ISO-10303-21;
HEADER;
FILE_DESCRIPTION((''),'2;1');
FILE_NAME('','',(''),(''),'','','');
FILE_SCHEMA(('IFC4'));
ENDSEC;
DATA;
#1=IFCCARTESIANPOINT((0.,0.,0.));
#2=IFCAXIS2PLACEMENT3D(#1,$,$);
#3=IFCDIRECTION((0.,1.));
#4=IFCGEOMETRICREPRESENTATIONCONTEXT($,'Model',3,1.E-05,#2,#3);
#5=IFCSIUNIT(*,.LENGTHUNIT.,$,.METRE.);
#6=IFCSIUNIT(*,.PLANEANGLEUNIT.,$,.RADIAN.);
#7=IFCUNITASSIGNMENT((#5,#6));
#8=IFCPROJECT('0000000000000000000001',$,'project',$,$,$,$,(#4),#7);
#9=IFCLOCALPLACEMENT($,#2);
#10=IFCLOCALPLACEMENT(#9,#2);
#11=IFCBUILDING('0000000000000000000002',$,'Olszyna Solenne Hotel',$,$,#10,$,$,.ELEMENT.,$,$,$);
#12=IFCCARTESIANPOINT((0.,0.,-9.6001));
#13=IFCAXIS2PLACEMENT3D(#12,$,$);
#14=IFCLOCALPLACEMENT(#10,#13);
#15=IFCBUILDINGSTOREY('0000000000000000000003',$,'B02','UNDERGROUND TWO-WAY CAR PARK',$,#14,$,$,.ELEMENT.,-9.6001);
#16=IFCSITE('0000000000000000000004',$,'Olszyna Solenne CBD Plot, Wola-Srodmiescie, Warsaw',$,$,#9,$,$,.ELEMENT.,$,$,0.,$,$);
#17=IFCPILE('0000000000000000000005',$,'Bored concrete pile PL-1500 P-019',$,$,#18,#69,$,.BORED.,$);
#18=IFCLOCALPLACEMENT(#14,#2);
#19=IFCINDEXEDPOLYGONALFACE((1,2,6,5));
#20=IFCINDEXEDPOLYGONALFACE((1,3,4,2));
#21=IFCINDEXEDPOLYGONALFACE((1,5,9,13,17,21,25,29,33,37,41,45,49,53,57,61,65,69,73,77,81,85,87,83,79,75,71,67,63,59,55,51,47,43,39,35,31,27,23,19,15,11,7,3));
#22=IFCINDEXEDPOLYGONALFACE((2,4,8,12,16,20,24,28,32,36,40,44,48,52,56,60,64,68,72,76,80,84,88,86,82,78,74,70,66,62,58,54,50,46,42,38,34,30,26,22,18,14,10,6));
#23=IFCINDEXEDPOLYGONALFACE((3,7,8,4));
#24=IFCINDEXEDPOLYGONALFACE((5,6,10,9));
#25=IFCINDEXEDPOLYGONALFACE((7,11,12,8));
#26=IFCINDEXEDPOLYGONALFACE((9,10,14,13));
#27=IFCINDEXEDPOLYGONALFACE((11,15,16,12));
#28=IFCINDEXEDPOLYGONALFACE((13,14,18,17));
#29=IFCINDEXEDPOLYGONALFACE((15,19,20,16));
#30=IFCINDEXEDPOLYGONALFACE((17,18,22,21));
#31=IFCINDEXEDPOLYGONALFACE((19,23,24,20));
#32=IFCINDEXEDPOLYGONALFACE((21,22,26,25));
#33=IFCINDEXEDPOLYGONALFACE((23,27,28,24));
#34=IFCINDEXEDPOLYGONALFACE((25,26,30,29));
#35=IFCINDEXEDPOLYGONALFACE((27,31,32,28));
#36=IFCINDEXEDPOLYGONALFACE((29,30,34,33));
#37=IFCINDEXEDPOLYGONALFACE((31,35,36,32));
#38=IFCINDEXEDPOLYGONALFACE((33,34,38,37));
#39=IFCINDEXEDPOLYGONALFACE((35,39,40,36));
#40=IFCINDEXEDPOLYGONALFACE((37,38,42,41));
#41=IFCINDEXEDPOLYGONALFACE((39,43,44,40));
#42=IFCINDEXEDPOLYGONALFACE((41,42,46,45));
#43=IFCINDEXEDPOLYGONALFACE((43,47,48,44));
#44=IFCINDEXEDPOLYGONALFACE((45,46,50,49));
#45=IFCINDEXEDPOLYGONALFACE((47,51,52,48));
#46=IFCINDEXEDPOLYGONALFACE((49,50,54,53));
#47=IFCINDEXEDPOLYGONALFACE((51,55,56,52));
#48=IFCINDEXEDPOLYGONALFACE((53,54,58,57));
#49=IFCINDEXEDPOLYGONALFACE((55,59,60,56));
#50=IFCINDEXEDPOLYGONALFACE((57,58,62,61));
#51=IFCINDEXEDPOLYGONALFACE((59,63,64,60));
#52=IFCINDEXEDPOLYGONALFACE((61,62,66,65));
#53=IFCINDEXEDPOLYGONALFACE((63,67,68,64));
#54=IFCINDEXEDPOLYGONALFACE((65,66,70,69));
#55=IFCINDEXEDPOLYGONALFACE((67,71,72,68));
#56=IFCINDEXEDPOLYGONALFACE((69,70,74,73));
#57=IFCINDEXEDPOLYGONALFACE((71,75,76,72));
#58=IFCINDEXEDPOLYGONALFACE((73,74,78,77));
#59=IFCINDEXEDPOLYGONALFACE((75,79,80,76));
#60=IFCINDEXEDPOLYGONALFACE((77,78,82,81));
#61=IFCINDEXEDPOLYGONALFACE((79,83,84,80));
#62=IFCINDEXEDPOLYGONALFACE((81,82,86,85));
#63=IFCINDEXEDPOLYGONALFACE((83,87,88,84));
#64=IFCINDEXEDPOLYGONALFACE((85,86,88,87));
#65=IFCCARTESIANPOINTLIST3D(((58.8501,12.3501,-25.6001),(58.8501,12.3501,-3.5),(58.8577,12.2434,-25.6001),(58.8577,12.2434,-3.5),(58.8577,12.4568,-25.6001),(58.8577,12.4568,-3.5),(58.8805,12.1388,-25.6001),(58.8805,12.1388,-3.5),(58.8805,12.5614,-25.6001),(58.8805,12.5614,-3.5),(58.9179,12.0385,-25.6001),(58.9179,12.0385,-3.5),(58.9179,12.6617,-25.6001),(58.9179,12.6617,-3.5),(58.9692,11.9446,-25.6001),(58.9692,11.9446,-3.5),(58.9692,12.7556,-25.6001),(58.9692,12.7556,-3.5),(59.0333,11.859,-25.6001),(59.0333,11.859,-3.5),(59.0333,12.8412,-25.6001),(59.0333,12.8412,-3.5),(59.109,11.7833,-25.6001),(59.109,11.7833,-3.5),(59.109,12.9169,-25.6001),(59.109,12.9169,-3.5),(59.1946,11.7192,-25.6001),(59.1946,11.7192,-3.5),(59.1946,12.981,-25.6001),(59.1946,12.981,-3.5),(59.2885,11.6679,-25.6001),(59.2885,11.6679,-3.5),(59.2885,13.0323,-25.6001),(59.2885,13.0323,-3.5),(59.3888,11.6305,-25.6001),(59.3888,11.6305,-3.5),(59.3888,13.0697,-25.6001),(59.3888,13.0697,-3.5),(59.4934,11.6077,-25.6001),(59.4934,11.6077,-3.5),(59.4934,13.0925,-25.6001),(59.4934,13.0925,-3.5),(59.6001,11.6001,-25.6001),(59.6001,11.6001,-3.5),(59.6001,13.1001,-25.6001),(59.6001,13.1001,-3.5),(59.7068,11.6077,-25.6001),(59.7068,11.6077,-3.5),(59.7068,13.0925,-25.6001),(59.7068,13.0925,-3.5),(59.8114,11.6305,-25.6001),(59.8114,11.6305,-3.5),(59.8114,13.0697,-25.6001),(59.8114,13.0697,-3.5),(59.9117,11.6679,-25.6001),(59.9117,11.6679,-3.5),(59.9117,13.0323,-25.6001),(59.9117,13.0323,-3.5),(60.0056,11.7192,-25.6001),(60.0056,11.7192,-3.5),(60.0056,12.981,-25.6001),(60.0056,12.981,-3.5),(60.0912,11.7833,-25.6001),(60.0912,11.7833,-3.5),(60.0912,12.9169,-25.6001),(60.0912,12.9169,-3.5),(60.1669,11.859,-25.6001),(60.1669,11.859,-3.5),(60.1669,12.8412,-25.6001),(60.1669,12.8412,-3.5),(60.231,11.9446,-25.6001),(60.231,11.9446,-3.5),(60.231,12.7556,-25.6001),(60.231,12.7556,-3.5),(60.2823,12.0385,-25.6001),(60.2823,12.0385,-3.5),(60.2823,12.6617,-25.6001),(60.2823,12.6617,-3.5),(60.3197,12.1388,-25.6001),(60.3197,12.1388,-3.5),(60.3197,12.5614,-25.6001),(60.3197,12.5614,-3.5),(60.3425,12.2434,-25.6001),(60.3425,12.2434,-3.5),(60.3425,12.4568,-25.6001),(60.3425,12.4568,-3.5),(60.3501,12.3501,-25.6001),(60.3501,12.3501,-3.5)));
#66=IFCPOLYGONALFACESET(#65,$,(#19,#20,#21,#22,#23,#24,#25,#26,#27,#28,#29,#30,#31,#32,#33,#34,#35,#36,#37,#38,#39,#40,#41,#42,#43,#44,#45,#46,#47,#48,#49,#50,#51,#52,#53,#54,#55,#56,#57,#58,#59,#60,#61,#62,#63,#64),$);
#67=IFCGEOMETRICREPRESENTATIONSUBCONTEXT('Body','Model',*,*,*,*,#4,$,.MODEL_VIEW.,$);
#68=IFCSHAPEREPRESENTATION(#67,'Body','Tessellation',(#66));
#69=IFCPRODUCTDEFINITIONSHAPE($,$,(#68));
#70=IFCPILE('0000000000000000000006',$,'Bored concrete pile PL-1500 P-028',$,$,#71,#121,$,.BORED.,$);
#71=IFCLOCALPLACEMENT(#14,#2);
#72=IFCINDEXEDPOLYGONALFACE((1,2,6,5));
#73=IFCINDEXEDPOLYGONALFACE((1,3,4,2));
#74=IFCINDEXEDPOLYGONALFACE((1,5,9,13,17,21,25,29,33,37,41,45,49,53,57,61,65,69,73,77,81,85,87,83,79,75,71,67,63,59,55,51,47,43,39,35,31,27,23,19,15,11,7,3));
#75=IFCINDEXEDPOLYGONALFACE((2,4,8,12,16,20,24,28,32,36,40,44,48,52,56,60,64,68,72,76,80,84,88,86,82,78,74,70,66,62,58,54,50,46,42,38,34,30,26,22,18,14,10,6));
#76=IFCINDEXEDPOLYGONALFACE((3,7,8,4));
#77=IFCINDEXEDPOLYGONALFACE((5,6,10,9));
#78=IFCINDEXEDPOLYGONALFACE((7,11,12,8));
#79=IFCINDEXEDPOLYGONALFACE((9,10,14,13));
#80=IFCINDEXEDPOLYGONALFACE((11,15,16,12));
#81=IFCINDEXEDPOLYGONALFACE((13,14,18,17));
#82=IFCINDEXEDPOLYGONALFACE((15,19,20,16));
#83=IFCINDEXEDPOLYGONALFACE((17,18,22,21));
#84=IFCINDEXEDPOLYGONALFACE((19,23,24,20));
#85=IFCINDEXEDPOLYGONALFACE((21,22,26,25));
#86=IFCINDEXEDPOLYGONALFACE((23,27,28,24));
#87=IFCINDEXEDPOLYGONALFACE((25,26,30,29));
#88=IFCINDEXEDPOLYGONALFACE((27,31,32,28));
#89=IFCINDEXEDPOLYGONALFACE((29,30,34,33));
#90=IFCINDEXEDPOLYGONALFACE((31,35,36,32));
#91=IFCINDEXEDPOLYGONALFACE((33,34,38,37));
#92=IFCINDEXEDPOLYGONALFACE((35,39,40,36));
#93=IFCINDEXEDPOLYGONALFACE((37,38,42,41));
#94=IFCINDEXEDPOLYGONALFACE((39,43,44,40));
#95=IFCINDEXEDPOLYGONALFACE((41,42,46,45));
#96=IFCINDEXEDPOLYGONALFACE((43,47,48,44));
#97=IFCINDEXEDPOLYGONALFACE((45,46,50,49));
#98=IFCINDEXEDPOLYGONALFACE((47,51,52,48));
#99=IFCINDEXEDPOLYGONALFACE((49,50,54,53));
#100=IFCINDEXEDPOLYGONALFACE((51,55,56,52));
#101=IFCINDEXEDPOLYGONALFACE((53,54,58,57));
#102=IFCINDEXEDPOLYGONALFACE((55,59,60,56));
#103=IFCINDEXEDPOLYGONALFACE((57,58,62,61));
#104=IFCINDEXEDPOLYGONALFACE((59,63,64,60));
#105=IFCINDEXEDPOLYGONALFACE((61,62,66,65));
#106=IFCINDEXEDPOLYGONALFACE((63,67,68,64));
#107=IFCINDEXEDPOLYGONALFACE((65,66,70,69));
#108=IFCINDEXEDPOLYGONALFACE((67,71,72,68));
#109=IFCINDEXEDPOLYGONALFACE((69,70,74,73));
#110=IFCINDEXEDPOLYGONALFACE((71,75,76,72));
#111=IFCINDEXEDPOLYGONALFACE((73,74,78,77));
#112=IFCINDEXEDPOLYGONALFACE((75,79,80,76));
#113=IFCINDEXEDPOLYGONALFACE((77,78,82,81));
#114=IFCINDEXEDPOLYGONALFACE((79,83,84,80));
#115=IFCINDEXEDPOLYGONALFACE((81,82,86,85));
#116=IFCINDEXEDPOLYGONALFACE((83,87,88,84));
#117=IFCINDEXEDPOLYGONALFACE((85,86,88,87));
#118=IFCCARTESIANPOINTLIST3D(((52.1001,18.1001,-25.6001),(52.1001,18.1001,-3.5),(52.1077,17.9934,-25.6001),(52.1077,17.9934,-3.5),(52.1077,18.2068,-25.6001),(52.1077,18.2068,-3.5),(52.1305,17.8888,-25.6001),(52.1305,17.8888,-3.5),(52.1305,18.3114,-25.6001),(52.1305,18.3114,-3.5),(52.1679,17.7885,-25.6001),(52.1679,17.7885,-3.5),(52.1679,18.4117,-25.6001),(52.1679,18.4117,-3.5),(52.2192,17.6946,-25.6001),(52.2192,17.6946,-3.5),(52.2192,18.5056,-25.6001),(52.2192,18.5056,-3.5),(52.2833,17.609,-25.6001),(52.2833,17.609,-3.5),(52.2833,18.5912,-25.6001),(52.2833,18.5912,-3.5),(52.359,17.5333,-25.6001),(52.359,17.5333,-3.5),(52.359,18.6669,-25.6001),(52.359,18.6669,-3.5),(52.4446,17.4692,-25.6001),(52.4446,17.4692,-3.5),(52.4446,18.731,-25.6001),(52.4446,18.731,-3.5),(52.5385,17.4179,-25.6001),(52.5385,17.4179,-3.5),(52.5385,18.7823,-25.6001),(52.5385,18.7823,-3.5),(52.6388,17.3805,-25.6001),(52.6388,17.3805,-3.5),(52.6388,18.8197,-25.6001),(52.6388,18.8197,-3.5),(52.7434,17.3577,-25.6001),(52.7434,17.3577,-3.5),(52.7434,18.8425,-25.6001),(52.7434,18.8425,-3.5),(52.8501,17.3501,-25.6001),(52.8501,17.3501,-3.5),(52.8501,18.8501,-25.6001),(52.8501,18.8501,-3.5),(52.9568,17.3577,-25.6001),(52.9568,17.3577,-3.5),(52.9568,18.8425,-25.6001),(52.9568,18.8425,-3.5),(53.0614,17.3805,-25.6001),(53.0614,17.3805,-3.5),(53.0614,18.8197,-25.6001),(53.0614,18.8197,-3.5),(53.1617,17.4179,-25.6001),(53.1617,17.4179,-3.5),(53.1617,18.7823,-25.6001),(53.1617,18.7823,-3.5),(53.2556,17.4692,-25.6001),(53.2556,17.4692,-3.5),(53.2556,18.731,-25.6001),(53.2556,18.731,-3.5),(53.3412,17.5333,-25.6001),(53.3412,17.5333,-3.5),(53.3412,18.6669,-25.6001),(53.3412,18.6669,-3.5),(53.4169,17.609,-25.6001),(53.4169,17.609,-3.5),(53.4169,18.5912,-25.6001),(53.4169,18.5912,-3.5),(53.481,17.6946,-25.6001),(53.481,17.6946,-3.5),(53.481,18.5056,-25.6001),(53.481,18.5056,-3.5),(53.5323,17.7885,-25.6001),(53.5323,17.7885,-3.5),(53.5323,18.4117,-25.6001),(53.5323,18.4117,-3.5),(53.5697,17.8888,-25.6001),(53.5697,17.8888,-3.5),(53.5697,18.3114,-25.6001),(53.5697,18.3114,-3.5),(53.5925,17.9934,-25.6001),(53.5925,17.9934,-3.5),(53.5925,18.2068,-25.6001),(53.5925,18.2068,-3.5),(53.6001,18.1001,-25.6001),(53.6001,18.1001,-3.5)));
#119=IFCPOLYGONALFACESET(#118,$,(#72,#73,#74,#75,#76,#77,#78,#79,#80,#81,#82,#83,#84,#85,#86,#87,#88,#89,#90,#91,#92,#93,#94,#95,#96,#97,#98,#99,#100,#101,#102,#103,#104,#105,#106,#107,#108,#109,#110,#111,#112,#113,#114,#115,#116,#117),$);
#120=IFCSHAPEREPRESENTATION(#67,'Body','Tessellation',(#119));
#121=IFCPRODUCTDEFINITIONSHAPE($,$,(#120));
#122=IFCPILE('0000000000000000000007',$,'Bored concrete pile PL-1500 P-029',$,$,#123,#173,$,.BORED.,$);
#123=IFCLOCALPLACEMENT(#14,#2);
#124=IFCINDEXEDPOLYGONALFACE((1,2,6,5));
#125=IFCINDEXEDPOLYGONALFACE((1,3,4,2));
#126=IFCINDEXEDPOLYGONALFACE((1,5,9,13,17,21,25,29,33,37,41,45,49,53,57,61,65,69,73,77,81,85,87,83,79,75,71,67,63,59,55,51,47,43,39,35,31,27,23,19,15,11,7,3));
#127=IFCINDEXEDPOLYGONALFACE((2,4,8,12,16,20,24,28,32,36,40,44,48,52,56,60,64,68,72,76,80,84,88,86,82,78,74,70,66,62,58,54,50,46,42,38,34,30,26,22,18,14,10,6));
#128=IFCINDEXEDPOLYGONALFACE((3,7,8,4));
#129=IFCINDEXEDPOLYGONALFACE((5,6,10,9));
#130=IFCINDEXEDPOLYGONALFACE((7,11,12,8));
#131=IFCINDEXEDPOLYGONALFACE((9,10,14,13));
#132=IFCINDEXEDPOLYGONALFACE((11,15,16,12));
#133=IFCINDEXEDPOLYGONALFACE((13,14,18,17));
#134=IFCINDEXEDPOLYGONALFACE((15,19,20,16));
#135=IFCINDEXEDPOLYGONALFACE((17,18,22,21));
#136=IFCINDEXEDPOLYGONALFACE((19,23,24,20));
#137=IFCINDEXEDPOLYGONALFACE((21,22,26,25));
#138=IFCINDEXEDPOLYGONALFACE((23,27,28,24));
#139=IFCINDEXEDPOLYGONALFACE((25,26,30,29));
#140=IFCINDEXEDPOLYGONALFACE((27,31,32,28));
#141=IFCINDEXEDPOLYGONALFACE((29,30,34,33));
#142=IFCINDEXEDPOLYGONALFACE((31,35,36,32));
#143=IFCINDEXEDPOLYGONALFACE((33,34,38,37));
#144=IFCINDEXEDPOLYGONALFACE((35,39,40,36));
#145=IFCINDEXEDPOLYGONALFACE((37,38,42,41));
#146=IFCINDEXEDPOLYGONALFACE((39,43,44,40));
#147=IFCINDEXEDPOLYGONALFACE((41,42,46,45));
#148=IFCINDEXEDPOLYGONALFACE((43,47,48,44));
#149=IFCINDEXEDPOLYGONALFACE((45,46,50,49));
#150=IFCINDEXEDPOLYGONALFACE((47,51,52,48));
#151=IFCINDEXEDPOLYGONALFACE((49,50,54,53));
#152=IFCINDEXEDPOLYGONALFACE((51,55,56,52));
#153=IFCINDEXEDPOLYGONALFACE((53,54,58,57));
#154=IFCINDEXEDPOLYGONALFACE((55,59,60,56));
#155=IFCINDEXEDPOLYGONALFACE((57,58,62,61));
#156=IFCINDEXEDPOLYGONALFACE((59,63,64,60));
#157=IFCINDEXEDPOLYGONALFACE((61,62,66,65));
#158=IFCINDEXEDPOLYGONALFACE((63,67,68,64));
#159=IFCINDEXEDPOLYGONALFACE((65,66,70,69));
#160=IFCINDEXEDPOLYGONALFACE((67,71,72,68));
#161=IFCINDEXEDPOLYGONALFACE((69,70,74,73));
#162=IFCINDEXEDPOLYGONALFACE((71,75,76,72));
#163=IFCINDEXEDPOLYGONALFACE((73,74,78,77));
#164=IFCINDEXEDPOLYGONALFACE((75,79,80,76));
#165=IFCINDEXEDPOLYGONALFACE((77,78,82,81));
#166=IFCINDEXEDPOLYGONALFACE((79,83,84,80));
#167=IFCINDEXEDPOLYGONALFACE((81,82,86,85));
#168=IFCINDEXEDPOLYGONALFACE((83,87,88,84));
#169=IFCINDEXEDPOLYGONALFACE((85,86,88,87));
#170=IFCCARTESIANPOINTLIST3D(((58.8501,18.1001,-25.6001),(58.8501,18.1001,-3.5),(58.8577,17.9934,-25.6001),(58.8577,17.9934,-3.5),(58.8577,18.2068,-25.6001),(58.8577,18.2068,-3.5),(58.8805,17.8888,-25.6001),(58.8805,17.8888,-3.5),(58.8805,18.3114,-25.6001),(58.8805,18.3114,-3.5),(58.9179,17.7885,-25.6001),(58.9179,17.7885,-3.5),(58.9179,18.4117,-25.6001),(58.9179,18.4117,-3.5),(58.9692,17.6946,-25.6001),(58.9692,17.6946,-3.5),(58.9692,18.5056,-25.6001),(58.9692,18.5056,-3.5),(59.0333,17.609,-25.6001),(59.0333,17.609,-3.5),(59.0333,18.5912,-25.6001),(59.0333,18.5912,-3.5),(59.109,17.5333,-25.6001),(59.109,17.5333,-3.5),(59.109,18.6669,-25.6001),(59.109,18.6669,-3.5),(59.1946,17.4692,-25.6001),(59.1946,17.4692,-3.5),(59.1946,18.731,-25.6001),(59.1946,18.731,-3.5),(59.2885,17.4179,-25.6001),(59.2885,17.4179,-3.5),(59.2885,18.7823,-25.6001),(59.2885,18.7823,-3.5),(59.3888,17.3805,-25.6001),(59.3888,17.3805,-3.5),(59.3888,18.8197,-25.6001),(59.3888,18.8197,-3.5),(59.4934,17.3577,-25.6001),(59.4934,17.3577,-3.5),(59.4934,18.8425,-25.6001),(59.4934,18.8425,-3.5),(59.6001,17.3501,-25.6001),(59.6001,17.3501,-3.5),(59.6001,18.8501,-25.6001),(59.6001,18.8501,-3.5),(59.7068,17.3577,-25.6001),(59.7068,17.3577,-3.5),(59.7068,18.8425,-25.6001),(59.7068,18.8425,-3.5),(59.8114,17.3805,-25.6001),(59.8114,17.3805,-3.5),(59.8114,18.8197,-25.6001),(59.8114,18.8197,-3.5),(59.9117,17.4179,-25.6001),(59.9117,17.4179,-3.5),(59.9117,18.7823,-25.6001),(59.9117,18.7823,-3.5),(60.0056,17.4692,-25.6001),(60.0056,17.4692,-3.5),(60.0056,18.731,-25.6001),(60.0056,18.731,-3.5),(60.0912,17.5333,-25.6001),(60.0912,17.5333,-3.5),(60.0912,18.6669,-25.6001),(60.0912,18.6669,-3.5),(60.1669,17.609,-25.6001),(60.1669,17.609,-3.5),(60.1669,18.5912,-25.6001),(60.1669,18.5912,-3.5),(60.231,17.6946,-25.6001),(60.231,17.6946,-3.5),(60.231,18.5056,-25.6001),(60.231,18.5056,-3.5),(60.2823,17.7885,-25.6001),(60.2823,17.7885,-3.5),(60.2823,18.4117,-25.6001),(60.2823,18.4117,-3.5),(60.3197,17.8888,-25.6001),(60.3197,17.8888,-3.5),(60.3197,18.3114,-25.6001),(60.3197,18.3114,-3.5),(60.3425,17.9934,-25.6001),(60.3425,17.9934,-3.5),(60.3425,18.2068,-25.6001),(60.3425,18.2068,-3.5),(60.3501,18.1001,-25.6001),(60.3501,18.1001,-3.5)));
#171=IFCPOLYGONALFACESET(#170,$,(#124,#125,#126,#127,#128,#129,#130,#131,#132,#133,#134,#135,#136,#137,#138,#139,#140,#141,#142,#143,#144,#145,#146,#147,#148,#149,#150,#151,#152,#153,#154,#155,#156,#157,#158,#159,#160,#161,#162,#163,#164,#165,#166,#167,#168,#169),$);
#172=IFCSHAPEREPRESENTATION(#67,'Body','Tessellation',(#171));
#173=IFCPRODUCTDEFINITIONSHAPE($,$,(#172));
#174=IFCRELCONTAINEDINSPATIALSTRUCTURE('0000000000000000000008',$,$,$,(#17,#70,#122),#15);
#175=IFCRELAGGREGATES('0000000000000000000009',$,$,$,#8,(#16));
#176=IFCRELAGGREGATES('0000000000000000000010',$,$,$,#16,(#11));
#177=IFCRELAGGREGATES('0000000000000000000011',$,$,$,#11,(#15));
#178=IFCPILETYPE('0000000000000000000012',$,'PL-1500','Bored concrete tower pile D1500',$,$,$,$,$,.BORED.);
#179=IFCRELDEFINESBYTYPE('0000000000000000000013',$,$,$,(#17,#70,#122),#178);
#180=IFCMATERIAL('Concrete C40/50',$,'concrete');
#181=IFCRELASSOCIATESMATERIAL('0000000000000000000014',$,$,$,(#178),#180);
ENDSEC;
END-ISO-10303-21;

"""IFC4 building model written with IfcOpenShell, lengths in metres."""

from ifc_helpers import new_model, si_unit, direction, frame, origin, origin_2d, place, context, subcontext, project, spatial, circle, extrude, source, transform, mapped, material, material_profile, profile_set, type_object, element, save


model = new_model("IFC4")

# Units and contexts
model_context = context("Model", 3, precision=1e-05, world=origin(), true_north=direction((0.0, 1.0)))
body_context = subcontext(model_context, "Body", "Model", "MODEL_VIEW")
ifc_project = project(units=[si_unit("LENGTHUNIT", "METRE"), si_unit("PLANEANGLEUNIT", "RADIAN")], contexts=[model_context])

# Site, building, storey
site_placement = place(None, origin())
site = spatial("IfcSite", under=ifc_project, at=site_placement, Name="Olszyna Solenne CBD Plot, Wola-Srodmiescie, Warsaw", CompositionType="ELEMENT", RefElevation=0.0)
building_placement = place(site_placement, origin())
building = spatial("IfcBuilding", under=site, at=building_placement, Name="Olszyna Solenne Hotel", CompositionType="ELEMENT")
storey_placement = place(building_placement, frame((0.0, 0.0, -9.6001)))
storey = spatial("IfcBuildingStorey", under=building, at=storey_placement, Name="B02", Description="UNDERGROUND TWO-WAY CAR PARK", CompositionType="ELEMENT", Elevation=-9.6001)

# Piles
ifc_material_1 = material(Name="Concrete C40/50", Category="concrete")
ifc_material_profile_1 = material_profile(ifc_material_1, circle(Radius=0.75, at=origin_2d()), Name="BORED PILE 1500", Category="load-bearing")
ifc_profile_set_1 = profile_set([ifc_material_profile_1], Name="Concrete C40/50")
pile_type_1 = type_object("IfcPileType", Name="PL-1500", Description="Bored concrete tower pile D1500", PredefinedType="BORED", material=ifc_profile_set_1)
shared_shape_1 = source(origin(), body_context, "Body", "SweptSolid", [
    extrude(circle(Radius=0.75, at=origin_2d()), origin(), (0.0, 0.0, 1.0), 22.1001),
])
for number, where, z_axis, x_axis, name in (
    (1, (59.6001, 12.3501, -3.5), (0.0, 0.0, -1.0), (1.0, 0.0, 0.0), "Bored concrete pile PL-1500 P-019"),
    (2, (52.8501, 18.1001, -3.5), (0.0, 0.0, -1.0), (1.0, 0.0, 0.0), "Bored concrete pile PL-1500 P-028"),
    (3, (59.6001, 18.1001, -3.5), (0.0, 0.0, -1.0), (1.0, 0.0, 0.0), "Bored concrete pile PL-1500 P-029"),
):
    element("IfcPile", number, at=place(storey_placement, frame(where, z_axis=z_axis, x_axis=x_axis)), inside=storey, type_object=pile_type_1, Name=name, PredefinedType="BORED", context=body_context, shape_type="MappedRepresentation", body=[
        mapped(shared_shape_1, transform((0.0, 0.0, 0.0), x_axis=(1.0, 0.0, 0.0), y_axis=(0.0, 1.0, 0.0), z_axis=(0.0, 0.0, 1.0), scale=1.0)),
    ])

save(model, "model.ifc")
